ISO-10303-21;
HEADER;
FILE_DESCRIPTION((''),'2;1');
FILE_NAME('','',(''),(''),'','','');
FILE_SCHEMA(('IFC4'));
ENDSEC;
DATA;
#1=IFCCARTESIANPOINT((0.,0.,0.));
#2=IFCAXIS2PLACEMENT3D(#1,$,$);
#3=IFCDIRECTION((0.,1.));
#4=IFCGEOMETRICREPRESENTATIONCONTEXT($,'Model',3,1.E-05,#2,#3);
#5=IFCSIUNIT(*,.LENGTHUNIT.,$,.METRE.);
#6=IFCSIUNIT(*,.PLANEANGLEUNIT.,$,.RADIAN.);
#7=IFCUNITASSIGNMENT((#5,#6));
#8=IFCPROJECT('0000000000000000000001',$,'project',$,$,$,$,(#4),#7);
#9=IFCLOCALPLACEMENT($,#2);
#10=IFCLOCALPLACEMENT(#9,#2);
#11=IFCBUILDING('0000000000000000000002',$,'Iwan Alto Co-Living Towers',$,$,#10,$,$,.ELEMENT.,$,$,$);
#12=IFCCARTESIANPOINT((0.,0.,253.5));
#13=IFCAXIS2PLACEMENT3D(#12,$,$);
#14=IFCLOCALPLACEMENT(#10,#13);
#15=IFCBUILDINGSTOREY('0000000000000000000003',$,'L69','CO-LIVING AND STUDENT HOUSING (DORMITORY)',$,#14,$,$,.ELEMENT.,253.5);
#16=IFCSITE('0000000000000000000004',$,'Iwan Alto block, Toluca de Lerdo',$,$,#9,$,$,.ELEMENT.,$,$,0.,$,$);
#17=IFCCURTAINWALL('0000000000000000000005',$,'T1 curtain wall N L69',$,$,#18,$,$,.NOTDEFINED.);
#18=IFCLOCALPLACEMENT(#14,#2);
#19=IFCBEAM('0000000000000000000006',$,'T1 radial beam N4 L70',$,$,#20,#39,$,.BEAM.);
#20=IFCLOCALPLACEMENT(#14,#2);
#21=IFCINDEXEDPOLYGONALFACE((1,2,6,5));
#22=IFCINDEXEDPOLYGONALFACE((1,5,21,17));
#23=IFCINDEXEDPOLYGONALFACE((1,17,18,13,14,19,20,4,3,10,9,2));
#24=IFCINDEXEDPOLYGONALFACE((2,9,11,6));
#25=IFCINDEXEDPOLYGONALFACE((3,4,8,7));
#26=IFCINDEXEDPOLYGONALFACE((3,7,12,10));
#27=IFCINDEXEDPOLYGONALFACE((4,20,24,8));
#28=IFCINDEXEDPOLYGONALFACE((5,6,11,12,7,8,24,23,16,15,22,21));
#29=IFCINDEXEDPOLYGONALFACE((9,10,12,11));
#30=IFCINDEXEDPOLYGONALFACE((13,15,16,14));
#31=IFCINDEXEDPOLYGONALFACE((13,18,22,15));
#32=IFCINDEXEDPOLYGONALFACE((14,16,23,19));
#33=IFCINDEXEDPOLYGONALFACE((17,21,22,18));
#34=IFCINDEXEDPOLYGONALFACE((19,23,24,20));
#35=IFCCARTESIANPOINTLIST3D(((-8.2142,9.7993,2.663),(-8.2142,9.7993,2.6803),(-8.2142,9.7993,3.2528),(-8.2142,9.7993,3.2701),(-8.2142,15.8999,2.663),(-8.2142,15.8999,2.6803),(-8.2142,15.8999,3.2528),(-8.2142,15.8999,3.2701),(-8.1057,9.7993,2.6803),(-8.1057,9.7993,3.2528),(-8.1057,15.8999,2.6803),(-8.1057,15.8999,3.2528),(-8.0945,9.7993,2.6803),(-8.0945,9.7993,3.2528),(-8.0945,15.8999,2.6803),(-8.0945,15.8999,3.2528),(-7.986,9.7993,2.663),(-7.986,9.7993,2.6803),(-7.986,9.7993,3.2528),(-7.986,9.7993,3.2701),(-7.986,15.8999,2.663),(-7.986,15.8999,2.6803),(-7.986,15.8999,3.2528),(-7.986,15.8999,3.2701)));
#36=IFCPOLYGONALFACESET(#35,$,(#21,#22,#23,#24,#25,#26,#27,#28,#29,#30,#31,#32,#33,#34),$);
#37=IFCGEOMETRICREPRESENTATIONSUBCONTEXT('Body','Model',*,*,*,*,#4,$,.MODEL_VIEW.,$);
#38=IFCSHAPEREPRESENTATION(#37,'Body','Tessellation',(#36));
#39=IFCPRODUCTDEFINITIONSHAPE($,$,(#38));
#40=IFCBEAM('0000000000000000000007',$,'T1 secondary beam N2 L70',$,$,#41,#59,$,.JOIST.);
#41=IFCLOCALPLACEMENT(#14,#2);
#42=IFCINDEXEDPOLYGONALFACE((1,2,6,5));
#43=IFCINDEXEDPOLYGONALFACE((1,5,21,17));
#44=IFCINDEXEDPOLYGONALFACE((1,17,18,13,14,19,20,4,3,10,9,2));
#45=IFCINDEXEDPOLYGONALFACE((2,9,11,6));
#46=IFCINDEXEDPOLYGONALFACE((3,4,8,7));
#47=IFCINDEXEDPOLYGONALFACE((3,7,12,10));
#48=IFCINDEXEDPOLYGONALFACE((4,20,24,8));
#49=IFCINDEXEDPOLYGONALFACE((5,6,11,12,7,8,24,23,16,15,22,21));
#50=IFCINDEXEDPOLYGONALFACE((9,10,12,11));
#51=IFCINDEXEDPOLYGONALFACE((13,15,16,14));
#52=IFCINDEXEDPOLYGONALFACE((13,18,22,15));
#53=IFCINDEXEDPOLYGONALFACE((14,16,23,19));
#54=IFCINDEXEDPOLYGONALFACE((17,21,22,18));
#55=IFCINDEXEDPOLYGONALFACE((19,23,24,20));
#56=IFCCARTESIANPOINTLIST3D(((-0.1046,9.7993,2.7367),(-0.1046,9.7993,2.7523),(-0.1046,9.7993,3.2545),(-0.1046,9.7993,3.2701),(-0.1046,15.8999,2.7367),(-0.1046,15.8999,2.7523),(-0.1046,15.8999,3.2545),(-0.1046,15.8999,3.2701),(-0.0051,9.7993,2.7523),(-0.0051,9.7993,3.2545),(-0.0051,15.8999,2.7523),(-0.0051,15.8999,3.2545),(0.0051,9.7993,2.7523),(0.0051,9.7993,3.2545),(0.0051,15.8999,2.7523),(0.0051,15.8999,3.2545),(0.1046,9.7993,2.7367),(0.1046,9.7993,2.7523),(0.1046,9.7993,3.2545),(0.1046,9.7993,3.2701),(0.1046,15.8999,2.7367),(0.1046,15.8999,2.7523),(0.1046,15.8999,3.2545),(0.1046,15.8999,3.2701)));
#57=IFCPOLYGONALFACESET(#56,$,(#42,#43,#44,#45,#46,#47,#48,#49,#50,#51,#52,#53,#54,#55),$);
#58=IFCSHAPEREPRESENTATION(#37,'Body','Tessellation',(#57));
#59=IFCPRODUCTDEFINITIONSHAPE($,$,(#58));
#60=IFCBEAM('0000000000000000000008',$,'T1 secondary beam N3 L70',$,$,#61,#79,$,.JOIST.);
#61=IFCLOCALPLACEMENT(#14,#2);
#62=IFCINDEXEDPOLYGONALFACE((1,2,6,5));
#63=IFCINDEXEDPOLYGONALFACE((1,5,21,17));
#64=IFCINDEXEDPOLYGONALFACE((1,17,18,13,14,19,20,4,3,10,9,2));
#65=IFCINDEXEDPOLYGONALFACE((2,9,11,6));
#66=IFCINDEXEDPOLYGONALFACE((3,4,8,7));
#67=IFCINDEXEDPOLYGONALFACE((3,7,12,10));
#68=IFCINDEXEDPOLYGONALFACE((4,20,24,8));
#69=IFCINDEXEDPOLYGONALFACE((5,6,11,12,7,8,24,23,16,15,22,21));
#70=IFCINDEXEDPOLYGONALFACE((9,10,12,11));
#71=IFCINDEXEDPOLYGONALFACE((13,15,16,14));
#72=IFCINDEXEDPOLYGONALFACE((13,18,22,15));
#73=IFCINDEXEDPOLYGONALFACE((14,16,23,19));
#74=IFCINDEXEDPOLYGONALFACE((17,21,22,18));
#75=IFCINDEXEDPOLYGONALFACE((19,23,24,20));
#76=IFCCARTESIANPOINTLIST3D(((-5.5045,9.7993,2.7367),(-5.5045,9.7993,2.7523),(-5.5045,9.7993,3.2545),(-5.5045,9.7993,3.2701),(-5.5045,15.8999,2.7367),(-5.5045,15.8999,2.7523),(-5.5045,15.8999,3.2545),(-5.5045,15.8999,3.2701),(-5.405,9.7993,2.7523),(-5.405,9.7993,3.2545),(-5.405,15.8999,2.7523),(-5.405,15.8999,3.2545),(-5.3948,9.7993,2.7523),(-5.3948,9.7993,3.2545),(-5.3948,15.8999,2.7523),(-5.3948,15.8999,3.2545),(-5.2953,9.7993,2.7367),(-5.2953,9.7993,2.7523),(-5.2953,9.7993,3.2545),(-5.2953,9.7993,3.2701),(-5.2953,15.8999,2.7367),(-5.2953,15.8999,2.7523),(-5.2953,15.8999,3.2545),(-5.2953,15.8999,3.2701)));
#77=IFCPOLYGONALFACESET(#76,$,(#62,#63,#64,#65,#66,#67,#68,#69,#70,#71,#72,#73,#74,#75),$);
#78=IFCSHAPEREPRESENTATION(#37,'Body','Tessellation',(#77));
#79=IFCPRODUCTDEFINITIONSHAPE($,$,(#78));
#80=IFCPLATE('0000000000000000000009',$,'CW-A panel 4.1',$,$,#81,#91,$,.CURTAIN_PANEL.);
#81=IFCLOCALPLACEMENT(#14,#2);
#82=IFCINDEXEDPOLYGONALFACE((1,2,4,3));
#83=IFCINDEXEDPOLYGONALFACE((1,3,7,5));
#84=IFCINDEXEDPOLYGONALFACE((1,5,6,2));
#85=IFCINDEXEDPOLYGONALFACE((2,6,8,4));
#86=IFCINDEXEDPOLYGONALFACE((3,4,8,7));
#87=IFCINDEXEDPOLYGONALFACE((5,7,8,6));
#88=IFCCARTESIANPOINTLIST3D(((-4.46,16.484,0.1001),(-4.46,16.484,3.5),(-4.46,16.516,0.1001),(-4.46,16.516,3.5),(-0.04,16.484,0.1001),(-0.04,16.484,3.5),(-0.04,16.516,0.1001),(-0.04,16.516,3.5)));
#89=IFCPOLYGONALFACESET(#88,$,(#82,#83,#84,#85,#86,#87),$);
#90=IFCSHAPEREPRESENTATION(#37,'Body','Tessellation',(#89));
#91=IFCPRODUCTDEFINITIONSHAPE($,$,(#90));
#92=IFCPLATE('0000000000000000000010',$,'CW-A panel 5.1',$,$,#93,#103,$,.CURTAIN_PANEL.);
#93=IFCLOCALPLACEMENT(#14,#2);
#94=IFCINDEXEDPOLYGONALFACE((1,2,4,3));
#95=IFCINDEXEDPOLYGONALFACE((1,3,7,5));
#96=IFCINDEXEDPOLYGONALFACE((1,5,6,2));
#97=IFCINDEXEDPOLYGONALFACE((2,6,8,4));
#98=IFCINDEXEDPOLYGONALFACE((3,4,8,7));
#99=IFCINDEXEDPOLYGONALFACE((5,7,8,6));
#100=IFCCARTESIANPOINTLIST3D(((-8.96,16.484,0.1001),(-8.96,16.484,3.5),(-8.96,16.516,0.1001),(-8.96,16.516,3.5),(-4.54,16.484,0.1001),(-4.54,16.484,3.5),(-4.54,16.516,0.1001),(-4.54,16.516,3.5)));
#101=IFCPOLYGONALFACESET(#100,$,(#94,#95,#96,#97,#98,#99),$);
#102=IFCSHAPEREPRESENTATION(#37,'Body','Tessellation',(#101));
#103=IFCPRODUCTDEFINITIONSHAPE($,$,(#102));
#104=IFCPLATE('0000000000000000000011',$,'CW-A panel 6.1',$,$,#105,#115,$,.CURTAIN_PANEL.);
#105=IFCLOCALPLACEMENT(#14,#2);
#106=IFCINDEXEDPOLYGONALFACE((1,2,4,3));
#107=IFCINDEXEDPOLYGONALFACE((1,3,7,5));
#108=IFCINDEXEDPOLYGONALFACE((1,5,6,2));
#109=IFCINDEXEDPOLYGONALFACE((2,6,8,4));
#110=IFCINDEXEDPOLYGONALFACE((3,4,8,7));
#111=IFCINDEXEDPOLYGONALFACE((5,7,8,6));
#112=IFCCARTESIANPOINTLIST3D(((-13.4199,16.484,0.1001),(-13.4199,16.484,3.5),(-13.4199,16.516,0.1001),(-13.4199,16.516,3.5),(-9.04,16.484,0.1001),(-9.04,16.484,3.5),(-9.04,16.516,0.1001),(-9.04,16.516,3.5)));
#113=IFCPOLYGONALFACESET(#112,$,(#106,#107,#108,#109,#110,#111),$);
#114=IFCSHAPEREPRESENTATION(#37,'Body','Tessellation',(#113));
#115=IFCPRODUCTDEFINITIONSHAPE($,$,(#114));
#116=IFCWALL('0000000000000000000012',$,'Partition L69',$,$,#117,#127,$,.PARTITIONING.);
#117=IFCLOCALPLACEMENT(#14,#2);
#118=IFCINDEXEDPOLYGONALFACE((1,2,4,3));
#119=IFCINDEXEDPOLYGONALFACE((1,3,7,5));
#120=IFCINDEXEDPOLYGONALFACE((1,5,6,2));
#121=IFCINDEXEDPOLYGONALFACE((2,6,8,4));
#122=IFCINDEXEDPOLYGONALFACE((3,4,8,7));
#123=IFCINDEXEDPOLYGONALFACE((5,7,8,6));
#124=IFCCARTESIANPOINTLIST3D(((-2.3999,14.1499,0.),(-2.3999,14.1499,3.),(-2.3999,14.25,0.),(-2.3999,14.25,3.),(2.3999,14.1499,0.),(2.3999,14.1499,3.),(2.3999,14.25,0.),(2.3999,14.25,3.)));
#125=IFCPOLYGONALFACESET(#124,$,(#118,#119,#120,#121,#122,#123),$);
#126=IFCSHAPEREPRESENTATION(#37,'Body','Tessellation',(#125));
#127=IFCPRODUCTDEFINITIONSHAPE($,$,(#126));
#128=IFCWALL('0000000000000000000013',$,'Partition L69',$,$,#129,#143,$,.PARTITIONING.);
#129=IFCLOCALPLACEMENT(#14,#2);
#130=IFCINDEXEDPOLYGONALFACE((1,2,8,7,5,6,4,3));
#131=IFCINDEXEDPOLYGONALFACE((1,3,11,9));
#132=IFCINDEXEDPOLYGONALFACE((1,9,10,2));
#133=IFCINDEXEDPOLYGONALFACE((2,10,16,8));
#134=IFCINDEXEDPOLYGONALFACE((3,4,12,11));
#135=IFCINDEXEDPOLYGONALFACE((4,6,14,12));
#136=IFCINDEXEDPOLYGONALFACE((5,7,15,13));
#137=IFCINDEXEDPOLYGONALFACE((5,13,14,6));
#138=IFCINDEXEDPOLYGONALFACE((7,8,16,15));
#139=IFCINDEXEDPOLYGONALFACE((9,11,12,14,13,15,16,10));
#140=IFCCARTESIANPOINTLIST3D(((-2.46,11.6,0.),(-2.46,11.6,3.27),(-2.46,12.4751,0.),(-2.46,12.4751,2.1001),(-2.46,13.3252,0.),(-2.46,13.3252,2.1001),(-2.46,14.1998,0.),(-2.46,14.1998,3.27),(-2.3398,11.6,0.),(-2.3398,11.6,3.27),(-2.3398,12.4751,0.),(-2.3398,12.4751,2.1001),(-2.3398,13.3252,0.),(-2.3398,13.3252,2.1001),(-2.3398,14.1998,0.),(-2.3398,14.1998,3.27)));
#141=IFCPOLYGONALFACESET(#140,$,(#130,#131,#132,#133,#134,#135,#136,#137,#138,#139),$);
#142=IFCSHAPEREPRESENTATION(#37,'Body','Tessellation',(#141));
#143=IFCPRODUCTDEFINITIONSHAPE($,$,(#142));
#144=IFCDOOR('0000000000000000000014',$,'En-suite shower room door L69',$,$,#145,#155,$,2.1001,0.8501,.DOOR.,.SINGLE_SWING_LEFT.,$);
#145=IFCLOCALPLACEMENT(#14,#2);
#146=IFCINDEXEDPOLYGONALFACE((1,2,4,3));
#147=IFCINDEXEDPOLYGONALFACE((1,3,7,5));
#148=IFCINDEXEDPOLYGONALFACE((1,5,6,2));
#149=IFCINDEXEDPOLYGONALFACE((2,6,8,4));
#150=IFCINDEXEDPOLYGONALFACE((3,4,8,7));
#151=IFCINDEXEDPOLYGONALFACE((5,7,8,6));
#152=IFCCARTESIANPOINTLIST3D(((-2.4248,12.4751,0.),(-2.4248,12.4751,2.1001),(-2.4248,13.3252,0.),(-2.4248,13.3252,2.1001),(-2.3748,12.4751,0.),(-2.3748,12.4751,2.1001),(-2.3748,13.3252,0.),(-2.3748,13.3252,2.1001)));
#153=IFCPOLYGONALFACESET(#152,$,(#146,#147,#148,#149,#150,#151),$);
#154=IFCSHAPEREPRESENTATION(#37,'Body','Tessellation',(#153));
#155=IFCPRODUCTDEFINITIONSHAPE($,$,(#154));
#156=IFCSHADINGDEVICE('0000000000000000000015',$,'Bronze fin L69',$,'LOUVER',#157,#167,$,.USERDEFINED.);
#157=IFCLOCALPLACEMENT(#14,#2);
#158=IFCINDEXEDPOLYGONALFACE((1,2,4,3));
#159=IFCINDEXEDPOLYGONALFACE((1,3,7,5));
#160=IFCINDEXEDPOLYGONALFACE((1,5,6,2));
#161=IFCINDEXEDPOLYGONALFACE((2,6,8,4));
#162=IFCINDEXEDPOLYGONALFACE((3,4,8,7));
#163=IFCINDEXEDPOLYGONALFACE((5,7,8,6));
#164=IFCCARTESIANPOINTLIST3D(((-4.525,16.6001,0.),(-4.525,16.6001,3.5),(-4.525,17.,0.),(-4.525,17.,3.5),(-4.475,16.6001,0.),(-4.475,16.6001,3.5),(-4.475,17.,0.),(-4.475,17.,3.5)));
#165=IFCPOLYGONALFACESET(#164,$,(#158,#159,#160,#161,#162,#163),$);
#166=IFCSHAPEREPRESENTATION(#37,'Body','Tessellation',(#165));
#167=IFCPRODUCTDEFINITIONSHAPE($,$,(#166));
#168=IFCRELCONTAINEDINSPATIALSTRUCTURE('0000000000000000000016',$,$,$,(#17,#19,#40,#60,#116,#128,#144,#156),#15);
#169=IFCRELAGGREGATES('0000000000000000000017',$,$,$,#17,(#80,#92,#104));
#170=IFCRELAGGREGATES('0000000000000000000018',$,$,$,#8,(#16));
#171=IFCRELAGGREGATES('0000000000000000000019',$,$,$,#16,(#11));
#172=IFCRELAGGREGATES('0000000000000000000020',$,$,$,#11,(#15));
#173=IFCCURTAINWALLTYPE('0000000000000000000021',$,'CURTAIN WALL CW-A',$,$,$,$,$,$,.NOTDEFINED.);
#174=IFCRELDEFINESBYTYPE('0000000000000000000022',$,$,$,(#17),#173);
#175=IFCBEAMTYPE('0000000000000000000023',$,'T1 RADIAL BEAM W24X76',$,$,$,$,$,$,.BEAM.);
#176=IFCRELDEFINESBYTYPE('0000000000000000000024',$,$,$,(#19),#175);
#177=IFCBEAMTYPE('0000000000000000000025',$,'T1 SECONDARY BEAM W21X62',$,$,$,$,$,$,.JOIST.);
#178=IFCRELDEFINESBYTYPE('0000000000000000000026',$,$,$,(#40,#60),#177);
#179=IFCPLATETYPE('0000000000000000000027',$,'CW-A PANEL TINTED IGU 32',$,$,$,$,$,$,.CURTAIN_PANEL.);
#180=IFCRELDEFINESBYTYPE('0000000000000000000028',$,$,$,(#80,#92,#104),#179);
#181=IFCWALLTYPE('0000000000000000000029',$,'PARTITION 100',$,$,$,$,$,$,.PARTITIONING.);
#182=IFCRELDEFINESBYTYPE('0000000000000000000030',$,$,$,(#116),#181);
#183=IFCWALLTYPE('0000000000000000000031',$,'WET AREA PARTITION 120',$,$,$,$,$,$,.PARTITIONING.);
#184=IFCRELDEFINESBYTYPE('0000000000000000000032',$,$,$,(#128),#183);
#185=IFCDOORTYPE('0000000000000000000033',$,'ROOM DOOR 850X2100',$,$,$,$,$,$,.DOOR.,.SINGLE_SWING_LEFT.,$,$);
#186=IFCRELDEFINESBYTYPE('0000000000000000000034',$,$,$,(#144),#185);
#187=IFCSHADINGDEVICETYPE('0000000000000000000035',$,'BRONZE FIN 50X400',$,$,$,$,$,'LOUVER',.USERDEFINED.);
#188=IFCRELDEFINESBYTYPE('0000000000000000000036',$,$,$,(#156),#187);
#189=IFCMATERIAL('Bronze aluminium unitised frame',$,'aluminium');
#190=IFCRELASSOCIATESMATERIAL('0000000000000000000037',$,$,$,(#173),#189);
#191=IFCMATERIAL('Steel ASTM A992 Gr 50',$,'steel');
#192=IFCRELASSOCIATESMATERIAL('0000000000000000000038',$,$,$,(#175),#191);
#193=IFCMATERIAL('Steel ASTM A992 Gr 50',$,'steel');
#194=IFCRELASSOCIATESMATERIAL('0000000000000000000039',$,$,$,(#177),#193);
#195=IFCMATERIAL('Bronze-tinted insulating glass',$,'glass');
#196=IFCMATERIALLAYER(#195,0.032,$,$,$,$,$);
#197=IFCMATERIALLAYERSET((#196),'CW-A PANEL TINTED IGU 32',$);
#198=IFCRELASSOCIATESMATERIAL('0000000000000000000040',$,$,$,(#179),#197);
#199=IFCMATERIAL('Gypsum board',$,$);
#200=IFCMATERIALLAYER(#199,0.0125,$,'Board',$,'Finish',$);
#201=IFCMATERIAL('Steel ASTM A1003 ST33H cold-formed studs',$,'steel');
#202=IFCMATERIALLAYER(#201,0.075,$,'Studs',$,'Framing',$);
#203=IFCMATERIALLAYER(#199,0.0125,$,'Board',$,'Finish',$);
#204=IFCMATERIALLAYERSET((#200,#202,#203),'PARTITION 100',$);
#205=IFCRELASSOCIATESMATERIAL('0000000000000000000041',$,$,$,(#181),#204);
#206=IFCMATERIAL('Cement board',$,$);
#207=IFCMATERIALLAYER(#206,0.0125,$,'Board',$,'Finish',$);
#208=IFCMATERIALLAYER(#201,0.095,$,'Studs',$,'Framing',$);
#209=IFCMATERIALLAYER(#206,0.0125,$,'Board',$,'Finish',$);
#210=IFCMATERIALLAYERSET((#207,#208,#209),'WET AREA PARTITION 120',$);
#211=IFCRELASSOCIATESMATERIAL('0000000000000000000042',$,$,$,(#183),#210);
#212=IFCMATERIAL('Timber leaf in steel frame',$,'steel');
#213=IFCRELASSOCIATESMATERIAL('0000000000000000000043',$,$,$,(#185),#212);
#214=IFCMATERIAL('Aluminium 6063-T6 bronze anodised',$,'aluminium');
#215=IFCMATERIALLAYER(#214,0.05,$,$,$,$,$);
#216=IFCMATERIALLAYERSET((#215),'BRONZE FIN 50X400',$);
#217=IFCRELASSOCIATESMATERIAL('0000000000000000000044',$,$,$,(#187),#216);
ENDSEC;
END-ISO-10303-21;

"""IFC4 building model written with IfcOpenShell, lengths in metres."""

from ifc_helpers import new_model, si_unit, direction, frame, frame_2d, origin, origin_2d, place, context, subcontext, project, spatial, rectangle, i_section, extrude, material, layer, layer_set, material_profile, profile_set, type_object, element, fill, aggregate, save


model = new_model("IFC4")

# Units and contexts
model_context = context("Model", 3, precision=1e-05, world=origin(), true_north=direction((0.0, 1.0)))
body_context = subcontext(model_context, "Body", "Model", "MODEL_VIEW")
ifc_project = project(units=[si_unit("LENGTHUNIT", "METRE"), si_unit("PLANEANGLEUNIT", "RADIAN")], contexts=[model_context])

# Site, building, storey
site_placement = place(None, origin())
site = spatial("IfcSite", under=ifc_project, at=site_placement, Name="Iwan Alto block, Toluca de Lerdo", CompositionType="ELEMENT", RefElevation=0.0)
building_placement = place(site_placement, origin())
building = spatial("IfcBuilding", under=site, at=building_placement, Name="Iwan Alto Co-Living Towers", CompositionType="ELEMENT")
storey_placement = place(building_placement, frame((0.0, 0.0, 253.5)))
storey = spatial("IfcBuildingStorey", under=building, at=storey_placement, Name="L69", Description="CO-LIVING AND STUDENT HOUSING (DORMITORY)", CompositionType="ELEMENT", Elevation=253.5)

# Curtain wall
ifc_material_1 = material(Name="Bronze aluminium unitised frame", Category="aluminium")
curtain_wall_type = type_object("IfcCurtainWallType", Name="CURTAIN WALL CW-A", PredefinedType="NOTDEFINED", material=ifc_material_1)
curtain_wall_placement = place(storey_placement, origin())
curtain_wall = element("IfcCurtainWall", 1, at=curtain_wall_placement, inside=storey, type_object=curtain_wall_type, Name="T1 curtain wall N L69", PredefinedType="NOTDEFINED")

# Beams
ifc_material_2 = material(Name="Steel ASTM A992 Gr 50", Category="steel")
ifc_material_profile_1 = material_profile(ifc_material_2, i_section(OverallWidth=0.2283, OverallDepth=0.6072, WebThickness=0.0112, FlangeThickness=0.0173, at=origin_2d()), Name="W24X76")
ifc_profile_set_1 = profile_set([ifc_material_profile_1], Name="Steel ASTM A992 Gr 50")
beam_type_1 = type_object("IfcBeamType", Name="T1 RADIAL BEAM W24X76", PredefinedType="BEAM", material=ifc_profile_set_1)
for number, where, z_axis, x_axis, name in (
    (2, (-8.1001, 15.8999, 2.9666), (0.0, -1.0, 0.0), (1.0, 0.0, 0.0), "T1 radial beam N4 L70"),
):
    element("IfcBeam", number, at=place(storey_placement, frame(where, z_axis=z_axis, x_axis=x_axis)), inside=storey, type_object=beam_type_1, Name=name, PredefinedType="BEAM", context=body_context, shape_type="SweptSolid", body=[
        extrude(i_section(OverallWidth=0.2283, OverallDepth=0.6072, WebThickness=0.0112, FlangeThickness=0.0173, at=origin_2d()), origin(), (0.0, 0.0, 1.0), 6.1006),
    ])
ifc_material_3 = material(Name="Steel ASTM A992 Gr 50", Category="steel")
ifc_material_profile_2 = material_profile(ifc_material_3, i_section(OverallWidth=0.2092, OverallDepth=0.5334, WebThickness=0.0103, FlangeThickness=0.0156, at=origin_2d()), Name="W21X62")
ifc_profile_set_2 = profile_set([ifc_material_profile_2], Name="Steel ASTM A992 Gr 50")
beam_type_2 = type_object("IfcBeamType", Name="T1 SECONDARY BEAM W21X62", PredefinedType="JOIST", material=ifc_profile_set_2)
for number, where, z_axis, x_axis, name in (
    (3, (0.0, 15.8999, 3.0034), (0.0, -1.0, 0.0), (1.0, 0.0, 0.0), "T1 secondary beam N2 L70"),
    (4, (-5.3999, 15.8999, 3.0034), (0.0, -1.0, 0.0), (1.0, 0.0, 0.0), "T1 secondary beam N3 L70"),
):
    element("IfcBeam", number, at=place(storey_placement, frame(where, z_axis=z_axis, x_axis=x_axis)), inside=storey, type_object=beam_type_2, Name=name, PredefinedType="JOIST", context=body_context, shape_type="SweptSolid", body=[
        extrude(i_section(OverallWidth=0.2092, OverallDepth=0.5334, WebThickness=0.0103, FlangeThickness=0.0156, at=origin_2d()), origin(), (0.0, 0.0, 1.0), 6.1006),
    ])

# Plates
ifc_material_4 = material(Name="Bronze-tinted insulating glass", Category="glass")
ifc_layer_1 = layer(ifc_material_4, 0.032)
ifc_layer_set_1 = layer_set([ifc_layer_1], Name="CW-A PANEL TINTED IGU 32")
plate_type = type_object("IfcPlateType", Name="CW-A PANEL TINTED IGU 32", PredefinedType="CURTAIN_PANEL", material=ifc_layer_set_1)
plate_1_placement = place(storey_placement, frame((-2.25, 16.5, 0.1001), z_axis=(0.0, 0.0, 1.0), x_axis=(-1.0, 0.0, 0.0)))
plate_1 = element("IfcPlate", 5, at=plate_1_placement, type_object=plate_type, Name="CW-A panel 4.1", PredefinedType="CURTAIN_PANEL", context=body_context, shape_type="SweptSolid", body=[
    extrude(rectangle(XDim=4.4199, YDim=0.032, at=origin_2d()), origin(), (0.0, 0.0, 1.0), 3.3999),
])
plate_2_placement = place(storey_placement, frame((-6.75, 16.5, 0.1001), z_axis=(0.0, 0.0, 1.0), x_axis=(-1.0, 0.0, 0.0)))
plate_2 = element("IfcPlate", 6, at=plate_2_placement, type_object=plate_type, Name="CW-A panel 5.1", PredefinedType="CURTAIN_PANEL", context=body_context, shape_type="SweptSolid", body=[
    extrude(rectangle(XDim=4.4199, YDim=0.032, at=origin_2d()), origin(), (0.0, 0.0, 1.0), 3.3999),
])
plate_3_placement = place(storey_placement, frame((-11.23, 16.5, 0.1001), z_axis=(0.0, 0.0, 1.0), x_axis=(-1.0, 0.0, 0.0)))
plate_3 = element("IfcPlate", 7, at=plate_3_placement, type_object=plate_type, Name="CW-A panel 6.1", PredefinedType="CURTAIN_PANEL", context=body_context, shape_type="SweptSolid", body=[
    extrude(rectangle(XDim=4.3799, YDim=0.032, at=origin_2d()), origin(), (0.0, 0.0, 1.0), 3.3999),
])
aggregate(curtain_wall, [plate_1, plate_2, plate_3])

# Wall
ifc_material_5 = material(Name="Gypsum board")
ifc_layer_2 = layer(ifc_material_5, 0.0125, Name="Board", Category="Finish")
ifc_material_6 = material(Name="Steel ASTM A1003 ST33H cold-formed studs", Category="steel")
ifc_layer_3 = layer(ifc_material_6, 0.075, Name="Studs", Category="Framing")
ifc_layer_4 = layer(ifc_material_5, 0.0125, Name="Board", Category="Finish")
ifc_layer_set_2 = layer_set([ifc_layer_2, ifc_layer_3, ifc_layer_4], Name="PARTITION 100")
wall_type_1 = type_object("IfcWallType", Name="PARTITION 100", PredefinedType="PARTITIONING", material=ifc_layer_set_2)
wall_1_placement = place(storey_placement, frame((-2.3999, 14.2, 0.0), z_axis=(0.0, 0.0, 1.0), x_axis=(1.0, 0.0, 0.0)))
element("IfcWall", 8, at=wall_1_placement, inside=storey, type_object=wall_type_1, Name="Partition L69", PredefinedType="PARTITIONING", context=body_context, shape_type="SweptSolid", body=[
    extrude(rectangle(XDim=4.7998, YDim=0.1001, at=frame_2d((2.3999, 0.0))), origin(), (0.0, 0.0, 1.0), 3.0),
])

# Wall, opening, door
ifc_material_7 = material(Name="Cement board")
ifc_layer_5 = layer(ifc_material_7, 0.0125, Name="Board", Category="Finish")
ifc_layer_6 = layer(ifc_material_6, 0.095, Name="Studs", Category="Framing")
ifc_layer_7 = layer(ifc_material_7, 0.0125, Name="Board", Category="Finish")
ifc_layer_set_3 = layer_set([ifc_layer_5, ifc_layer_6, ifc_layer_7], Name="WET AREA PARTITION 120")
wall_type_2 = type_object("IfcWallType", Name="WET AREA PARTITION 120", PredefinedType="PARTITIONING", material=ifc_layer_set_3)
wall_2_placement = place(storey_placement, frame((-2.3999, 11.6001, 0.0), z_axis=(0.0, 0.0, 1.0), x_axis=(0.0, 1.0, 0.0)))
wall_2 = element("IfcWall", 9, at=wall_2_placement, inside=storey, type_object=wall_type_2, Name="Partition L69", PredefinedType="PARTITIONING", context=body_context, shape_type="SweptSolid", body=[
    extrude(rectangle(XDim=2.5999, YDim=0.1201, at=frame_2d((1.2998, 0.0))), origin(), (0.0, 0.0, 1.0), 3.27),
])
opening_placement = place(wall_2_placement, frame((0.875, 0.0, 0.0)))
opening = element("IfcOpeningElement", 10, at=opening_placement, cuts=wall_2, PredefinedType="OPENING", context=body_context, shape_type="SweptSolid", body=[
    extrude(rectangle(XDim=0.8501, YDim=2.1001, at=frame_2d((0.425, 1.05))), frame((0.0, 0.0701, 0.0), z_axis=(0.0, -1.0, 0.0), x_axis=(1.0, 0.0, 0.0)), (0.0, 0.0, 1.0), 0.1401),
])
ifc_material_8 = material(Name="Timber leaf in steel frame", Category="steel")
door_type = type_object("IfcDoorType", Name="ROOM DOOR 850X2100", OperationType="SINGLE_SWING_LEFT", PredefinedType="DOOR", material=ifc_material_8)
door_placement = place(opening_placement, origin())
door = element("IfcDoor", 11, at=door_placement, inside=storey, type_object=door_type, Name="En-suite shower room door L69", OperationType="SINGLE_SWING_LEFT", OverallHeight=2.1001, OverallWidth=0.8501, PredefinedType="DOOR", context=body_context, shape_type="SweptSolid", body=[
    extrude(rectangle(XDim=0.8501, YDim=2.1001, at=frame_2d((0.425, 1.05))), frame((0.0, 0.0249, 0.0), z_axis=(0.0, -1.0, 0.0), x_axis=(1.0, 0.0, 0.0)), (0.0, 0.0, 1.0), 0.05),
])
fill(opening, door)

# Shading device
ifc_material_9 = material(Name="Aluminium 6063-T6 bronze anodised", Category="aluminium")
ifc_layer_8 = layer(ifc_material_9, 0.05)
ifc_layer_set_4 = layer_set([ifc_layer_8], Name="BRONZE FIN 50X400")
shading_device_type = type_object("IfcShadingDeviceType", Name="BRONZE FIN 50X400", ElementType="LOUVER", PredefinedType="USERDEFINED", material=ifc_layer_set_4)
shading_device_placement = place(storey_placement, frame((-4.5, 16.8, 0.0), z_axis=(0.0, 0.0, 1.0), x_axis=(-1.0, 0.0, 0.0)))
element("IfcShadingDevice", 12, at=shading_device_placement, inside=storey, type_object=shading_device_type, Name="Bronze fin L69", ObjectType="LOUVER", PredefinedType="USERDEFINED", context=body_context, shape_type="SweptSolid", body=[
    extrude(rectangle(XDim=0.05, YDim=0.3999, at=origin_2d()), origin(), (0.0, 0.0, 1.0), 3.5),
])

save(model, "model.ifc")
